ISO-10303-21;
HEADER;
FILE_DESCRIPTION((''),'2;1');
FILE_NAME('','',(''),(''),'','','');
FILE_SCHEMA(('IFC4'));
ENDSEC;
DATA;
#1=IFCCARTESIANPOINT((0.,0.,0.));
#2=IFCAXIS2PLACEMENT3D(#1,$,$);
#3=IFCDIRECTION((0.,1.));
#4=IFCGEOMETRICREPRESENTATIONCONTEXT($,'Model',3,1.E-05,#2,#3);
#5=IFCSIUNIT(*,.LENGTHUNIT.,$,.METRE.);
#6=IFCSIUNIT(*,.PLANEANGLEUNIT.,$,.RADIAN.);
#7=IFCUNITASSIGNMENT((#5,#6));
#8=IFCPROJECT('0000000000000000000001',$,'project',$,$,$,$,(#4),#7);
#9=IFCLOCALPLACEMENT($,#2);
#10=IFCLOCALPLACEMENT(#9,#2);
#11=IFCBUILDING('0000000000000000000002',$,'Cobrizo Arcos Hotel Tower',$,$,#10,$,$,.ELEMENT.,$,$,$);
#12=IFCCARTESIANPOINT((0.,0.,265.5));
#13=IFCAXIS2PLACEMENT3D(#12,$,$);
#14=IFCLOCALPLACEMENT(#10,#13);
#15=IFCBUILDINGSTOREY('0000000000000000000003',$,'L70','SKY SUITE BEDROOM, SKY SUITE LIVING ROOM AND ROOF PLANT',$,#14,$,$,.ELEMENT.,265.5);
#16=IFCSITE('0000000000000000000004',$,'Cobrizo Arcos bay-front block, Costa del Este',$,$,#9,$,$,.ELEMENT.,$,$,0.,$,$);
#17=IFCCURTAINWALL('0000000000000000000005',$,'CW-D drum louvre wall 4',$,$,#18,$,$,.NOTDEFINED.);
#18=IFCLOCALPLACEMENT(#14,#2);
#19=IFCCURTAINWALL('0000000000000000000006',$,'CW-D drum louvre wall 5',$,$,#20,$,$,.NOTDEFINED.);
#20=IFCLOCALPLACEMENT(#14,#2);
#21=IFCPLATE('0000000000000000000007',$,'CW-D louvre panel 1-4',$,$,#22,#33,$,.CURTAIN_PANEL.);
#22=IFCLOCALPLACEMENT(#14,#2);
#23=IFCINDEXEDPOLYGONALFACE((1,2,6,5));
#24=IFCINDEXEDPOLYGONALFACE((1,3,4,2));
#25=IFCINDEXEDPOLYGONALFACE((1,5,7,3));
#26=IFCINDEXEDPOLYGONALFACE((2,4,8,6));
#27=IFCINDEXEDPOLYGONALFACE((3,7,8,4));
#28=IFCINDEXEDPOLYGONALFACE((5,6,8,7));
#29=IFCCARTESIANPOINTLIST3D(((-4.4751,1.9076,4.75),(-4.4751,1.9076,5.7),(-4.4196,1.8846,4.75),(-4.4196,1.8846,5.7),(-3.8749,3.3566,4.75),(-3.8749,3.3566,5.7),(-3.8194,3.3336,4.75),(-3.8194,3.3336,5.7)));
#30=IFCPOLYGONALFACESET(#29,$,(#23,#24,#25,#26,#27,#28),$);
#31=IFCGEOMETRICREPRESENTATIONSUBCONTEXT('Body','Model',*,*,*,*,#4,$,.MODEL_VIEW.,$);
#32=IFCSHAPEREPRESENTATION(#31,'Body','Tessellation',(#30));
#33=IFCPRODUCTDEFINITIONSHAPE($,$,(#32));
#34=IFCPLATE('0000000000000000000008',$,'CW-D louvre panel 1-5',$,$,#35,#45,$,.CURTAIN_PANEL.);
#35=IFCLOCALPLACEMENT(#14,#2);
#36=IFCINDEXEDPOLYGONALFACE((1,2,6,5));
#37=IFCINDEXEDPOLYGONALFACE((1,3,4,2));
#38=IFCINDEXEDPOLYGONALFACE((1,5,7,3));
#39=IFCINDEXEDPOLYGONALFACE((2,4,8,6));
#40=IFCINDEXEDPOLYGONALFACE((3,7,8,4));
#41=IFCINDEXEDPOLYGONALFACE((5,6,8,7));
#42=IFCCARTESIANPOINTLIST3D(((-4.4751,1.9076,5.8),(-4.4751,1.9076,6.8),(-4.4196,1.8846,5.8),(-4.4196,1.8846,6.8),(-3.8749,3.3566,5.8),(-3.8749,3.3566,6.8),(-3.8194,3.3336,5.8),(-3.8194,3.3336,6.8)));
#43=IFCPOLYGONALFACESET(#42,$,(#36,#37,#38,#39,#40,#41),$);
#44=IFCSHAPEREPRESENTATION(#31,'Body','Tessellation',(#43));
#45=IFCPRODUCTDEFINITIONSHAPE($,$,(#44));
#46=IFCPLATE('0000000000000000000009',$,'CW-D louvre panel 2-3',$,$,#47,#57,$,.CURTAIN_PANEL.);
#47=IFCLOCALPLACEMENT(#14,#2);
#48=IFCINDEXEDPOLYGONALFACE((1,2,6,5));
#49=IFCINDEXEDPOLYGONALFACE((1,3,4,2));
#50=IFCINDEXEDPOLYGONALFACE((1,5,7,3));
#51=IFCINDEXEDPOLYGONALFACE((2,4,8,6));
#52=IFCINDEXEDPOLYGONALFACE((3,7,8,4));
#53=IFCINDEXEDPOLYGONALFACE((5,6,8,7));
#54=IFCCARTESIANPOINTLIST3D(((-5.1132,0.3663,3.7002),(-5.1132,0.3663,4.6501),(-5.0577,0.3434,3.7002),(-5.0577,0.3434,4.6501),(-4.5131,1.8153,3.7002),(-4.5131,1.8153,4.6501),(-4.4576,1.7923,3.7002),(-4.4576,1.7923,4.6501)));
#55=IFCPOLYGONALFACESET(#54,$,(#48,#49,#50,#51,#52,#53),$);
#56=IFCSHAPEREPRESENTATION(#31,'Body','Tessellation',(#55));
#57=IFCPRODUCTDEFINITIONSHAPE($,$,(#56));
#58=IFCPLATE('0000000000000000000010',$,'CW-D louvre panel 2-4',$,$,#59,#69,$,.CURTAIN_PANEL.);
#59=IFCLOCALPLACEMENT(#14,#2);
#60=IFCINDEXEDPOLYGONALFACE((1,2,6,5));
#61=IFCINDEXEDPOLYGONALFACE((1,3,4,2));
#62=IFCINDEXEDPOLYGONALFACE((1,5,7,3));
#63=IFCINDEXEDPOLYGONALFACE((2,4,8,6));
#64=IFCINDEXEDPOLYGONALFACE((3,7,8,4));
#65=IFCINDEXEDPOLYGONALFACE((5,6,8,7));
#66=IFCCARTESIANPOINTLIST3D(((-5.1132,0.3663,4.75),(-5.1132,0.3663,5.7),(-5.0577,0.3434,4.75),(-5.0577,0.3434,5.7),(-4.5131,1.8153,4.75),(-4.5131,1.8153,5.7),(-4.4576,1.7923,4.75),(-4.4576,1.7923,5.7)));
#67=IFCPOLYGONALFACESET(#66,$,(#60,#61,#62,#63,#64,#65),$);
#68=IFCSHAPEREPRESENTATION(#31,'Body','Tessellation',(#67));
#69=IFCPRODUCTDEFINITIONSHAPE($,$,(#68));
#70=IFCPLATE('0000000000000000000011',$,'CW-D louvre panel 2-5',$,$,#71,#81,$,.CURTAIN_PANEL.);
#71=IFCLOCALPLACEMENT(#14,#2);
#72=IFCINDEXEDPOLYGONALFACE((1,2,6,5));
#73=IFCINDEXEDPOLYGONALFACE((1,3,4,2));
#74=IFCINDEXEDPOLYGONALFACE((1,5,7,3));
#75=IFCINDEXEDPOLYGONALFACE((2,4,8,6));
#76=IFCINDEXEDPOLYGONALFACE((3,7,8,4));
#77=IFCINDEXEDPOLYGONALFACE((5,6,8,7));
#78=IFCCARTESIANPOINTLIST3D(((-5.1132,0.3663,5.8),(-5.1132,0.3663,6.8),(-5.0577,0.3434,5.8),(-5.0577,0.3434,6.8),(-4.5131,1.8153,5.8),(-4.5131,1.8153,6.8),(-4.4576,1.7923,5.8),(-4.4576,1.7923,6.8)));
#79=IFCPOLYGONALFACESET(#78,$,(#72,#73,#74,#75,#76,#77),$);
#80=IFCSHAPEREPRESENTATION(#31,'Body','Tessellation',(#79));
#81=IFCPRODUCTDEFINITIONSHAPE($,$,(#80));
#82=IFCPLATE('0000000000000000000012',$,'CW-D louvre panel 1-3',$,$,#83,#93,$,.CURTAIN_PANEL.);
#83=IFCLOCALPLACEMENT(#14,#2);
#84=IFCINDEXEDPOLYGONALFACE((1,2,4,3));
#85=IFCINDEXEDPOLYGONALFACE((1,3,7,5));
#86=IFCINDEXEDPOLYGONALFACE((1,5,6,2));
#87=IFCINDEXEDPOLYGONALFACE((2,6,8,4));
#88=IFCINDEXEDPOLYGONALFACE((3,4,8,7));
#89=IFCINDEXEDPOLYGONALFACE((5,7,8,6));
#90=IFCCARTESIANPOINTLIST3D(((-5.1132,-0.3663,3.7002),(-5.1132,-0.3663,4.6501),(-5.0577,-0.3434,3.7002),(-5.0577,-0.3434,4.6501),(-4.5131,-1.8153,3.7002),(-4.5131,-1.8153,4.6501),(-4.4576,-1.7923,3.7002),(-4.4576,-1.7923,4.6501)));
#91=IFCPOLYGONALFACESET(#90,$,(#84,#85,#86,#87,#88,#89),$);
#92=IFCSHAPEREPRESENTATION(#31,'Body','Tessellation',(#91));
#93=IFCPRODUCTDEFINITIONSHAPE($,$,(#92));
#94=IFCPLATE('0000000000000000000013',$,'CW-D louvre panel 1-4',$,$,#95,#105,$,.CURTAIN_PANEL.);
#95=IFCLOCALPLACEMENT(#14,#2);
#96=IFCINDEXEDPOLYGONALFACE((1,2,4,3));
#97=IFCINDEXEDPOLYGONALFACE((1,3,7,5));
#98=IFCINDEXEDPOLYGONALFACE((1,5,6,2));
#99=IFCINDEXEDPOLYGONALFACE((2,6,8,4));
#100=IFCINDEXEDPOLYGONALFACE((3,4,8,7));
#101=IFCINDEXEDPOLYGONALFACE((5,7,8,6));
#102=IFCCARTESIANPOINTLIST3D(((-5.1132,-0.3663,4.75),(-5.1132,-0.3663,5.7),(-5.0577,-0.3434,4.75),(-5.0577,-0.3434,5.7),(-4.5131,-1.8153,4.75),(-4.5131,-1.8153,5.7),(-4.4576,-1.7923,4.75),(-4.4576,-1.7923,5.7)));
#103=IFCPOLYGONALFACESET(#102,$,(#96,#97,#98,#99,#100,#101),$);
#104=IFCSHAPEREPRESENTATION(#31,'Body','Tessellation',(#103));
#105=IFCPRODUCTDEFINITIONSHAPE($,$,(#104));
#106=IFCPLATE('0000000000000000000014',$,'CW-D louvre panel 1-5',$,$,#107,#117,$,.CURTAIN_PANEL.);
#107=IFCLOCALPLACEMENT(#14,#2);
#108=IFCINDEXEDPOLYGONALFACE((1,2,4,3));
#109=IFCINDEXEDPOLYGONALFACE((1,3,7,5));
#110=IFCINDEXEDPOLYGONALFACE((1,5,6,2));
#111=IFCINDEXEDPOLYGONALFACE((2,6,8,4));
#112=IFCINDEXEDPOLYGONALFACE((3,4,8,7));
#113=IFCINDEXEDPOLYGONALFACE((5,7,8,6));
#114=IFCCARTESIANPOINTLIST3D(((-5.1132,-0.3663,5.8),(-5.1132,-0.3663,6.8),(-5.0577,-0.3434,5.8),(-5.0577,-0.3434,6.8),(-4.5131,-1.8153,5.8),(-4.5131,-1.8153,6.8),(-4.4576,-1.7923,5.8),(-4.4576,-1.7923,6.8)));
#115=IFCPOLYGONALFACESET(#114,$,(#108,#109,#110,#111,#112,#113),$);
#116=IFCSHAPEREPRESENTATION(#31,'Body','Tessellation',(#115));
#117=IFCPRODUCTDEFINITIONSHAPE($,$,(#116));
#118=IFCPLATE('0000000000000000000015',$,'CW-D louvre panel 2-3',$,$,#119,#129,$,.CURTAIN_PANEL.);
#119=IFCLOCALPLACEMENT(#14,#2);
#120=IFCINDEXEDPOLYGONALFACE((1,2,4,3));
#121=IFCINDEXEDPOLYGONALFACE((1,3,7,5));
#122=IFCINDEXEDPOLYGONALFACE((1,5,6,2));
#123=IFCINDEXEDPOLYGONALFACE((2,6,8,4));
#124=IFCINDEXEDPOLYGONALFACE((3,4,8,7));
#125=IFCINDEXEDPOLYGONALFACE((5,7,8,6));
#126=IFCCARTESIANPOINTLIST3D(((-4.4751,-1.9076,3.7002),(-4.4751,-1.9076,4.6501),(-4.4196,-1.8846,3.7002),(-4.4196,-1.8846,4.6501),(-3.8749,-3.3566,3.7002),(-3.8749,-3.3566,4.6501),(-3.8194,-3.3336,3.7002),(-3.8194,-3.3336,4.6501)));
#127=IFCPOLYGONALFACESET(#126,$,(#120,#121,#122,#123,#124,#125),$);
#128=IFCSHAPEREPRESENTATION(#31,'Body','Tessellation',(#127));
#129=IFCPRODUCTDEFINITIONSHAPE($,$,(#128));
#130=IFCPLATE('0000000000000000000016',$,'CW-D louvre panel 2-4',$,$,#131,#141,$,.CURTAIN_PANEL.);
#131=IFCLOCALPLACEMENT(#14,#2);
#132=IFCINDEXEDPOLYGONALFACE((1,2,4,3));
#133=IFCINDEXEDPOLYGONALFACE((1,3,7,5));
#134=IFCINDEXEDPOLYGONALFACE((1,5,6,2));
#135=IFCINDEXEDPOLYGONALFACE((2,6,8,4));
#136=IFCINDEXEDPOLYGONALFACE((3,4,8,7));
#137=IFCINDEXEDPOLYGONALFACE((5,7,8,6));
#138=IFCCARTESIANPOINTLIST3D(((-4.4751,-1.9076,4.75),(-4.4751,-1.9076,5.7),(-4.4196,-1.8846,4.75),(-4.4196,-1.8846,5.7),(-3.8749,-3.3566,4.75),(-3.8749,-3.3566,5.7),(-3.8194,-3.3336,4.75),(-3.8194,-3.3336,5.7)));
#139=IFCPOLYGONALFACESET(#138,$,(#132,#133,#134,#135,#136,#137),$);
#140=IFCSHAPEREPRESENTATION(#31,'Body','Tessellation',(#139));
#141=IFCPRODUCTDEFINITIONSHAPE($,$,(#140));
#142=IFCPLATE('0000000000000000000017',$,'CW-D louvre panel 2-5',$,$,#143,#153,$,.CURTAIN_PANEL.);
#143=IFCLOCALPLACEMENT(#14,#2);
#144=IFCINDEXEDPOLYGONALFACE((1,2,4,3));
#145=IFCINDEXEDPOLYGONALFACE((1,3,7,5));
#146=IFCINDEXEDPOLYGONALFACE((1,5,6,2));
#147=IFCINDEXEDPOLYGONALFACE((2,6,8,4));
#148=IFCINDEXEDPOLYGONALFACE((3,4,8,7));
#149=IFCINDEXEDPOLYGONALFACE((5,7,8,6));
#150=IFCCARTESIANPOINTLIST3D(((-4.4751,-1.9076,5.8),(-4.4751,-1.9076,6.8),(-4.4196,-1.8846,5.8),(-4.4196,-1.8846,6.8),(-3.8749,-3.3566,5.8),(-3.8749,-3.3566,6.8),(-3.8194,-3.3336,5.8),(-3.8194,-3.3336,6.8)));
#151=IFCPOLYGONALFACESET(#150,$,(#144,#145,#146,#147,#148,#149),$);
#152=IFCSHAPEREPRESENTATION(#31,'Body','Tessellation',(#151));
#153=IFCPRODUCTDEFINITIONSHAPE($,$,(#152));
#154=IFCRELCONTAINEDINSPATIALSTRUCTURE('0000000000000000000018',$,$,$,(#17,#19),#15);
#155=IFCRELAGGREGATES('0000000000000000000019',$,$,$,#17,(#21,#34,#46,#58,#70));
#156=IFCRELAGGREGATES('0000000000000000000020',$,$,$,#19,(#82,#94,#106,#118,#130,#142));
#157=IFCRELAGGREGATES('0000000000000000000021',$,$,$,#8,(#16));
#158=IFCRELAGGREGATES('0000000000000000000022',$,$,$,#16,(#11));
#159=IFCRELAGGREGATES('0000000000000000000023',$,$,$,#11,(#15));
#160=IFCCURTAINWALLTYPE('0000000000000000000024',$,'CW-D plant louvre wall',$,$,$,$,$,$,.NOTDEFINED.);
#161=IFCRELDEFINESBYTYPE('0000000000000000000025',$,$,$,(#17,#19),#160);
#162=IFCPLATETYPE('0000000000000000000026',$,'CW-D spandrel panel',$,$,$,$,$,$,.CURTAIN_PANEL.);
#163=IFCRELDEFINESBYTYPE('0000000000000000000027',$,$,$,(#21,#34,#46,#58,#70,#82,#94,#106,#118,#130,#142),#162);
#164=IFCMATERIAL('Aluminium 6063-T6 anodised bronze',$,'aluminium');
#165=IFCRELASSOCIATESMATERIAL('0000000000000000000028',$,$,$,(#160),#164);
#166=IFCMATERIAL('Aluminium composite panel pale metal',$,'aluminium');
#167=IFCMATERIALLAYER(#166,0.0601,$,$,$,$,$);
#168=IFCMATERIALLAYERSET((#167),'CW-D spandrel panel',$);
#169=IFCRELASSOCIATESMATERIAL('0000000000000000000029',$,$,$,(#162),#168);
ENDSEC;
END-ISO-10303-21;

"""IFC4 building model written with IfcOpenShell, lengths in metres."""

from ifc_helpers import new_model, si_unit, direction, frame, origin, origin_2d, place, context, subcontext, project, spatial, rectangle, extrude, material, layer, layer_set, type_object, element, aggregate, save


model = new_model("IFC4")

# Units and contexts
model_context = context("Model", 3, precision=1e-05, world=origin(), true_north=direction((0.0, 1.0)))
body_context = subcontext(model_context, "Body", "Model", "MODEL_VIEW")
ifc_project = project(units=[si_unit("LENGTHUNIT", "METRE"), si_unit("PLANEANGLEUNIT", "RADIAN")], contexts=[model_context])

# Site, building, storey
site_placement = place(None, origin())
site = spatial("IfcSite", under=ifc_project, at=site_placement, Name="Cobrizo Arcos bay-front block, Costa del Este", CompositionType="ELEMENT", RefElevation=0.0)
building_placement = place(site_placement, origin())
building = spatial("IfcBuilding", under=site, at=building_placement, Name="Cobrizo Arcos Hotel Tower", CompositionType="ELEMENT")
storey_placement = place(building_placement, frame((0.0, 0.0, 265.5)))
storey = spatial("IfcBuildingStorey", under=building, at=storey_placement, Name="L70", Description="SKY SUITE BEDROOM, SKY SUITE LIVING ROOM AND ROOF PLANT", CompositionType="ELEMENT", Elevation=265.5)

# Curtain walls
ifc_material_1 = material(Name="Aluminium 6063-T6 anodised bronze", Category="aluminium")
curtain_wall_type = type_object("IfcCurtainWallType", Name="CW-D plant louvre wall", PredefinedType="NOTDEFINED", material=ifc_material_1)
curtain_wall_1_placement = place(storey_placement, origin())
curtain_wall_1 = element("IfcCurtainWall", 1, at=curtain_wall_1_placement, inside=storey, type_object=curtain_wall_type, Name="CW-D drum louvre wall 4", PredefinedType="NOTDEFINED")
curtain_wall_2_placement = place(storey_placement, origin())
curtain_wall_2 = element("IfcCurtainWall", 2, at=curtain_wall_2_placement, inside=storey, type_object=curtain_wall_type, Name="CW-D drum louvre wall 5", PredefinedType="NOTDEFINED")

# Shared definitions
ifc_material_2 = material(Name="Aluminium composite panel pale metal", Category="aluminium")
ifc_layer = layer(ifc_material_2, 0.0601)
ifc_layer_set = layer_set([ifc_layer], Name="CW-D spandrel panel")
plate_type = type_object("IfcPlateType", Name="CW-D spandrel panel", PredefinedType="CURTAIN_PANEL", material=ifc_layer_set)

# Plates
plate_1_placement = place(storey_placement, frame((-4.1472, 2.6206, 4.75), z_axis=(0.0, 0.0, 1.0), x_axis=(-0.382683, -0.92388, 0.0)))
plate_1 = element("IfcPlate", 3, at=plate_1_placement, type_object=plate_type, Name="CW-D louvre panel 1-4", PredefinedType="CURTAIN_PANEL", context=body_context, shape_type="SweptSolid", body=[
    extrude(rectangle(XDim=1.5684, YDim=0.0601, at=origin_2d()), origin(), (0.0, 0.0, 1.0), 0.95),
])
plate_2_placement = place(storey_placement, frame((-4.1472, 2.6206, 5.8), z_axis=(0.0, 0.0, 1.0), x_axis=(-0.382683, -0.92388, 0.0)))
plate_2 = element("IfcPlate", 4, at=plate_2_placement, type_object=plate_type, Name="CW-D louvre panel 1-5", PredefinedType="CURTAIN_PANEL", context=body_context, shape_type="SweptSolid", body=[
    extrude(rectangle(XDim=1.5684, YDim=0.0601, at=origin_2d()), origin(), (0.0, 0.0, 1.0), 1.0),
])
plate_3_placement = place(storey_placement, frame((-4.7854, 1.0793, 3.7002), z_axis=(0.0, 0.0, 1.0), x_axis=(-0.382683, -0.92388, 0.0)))
plate_3 = element("IfcPlate", 5, at=plate_3_placement, type_object=plate_type, Name="CW-D louvre panel 2-3", PredefinedType="CURTAIN_PANEL", context=body_context, shape_type="SweptSolid", body=[
    extrude(rectangle(XDim=1.5684, YDim=0.0601, at=origin_2d()), origin(), (0.0, 0.0, 1.0), 0.95),
])
plate_4_placement = place(storey_placement, frame((-4.7854, 1.0793, 4.75), z_axis=(0.0, 0.0, 1.0), x_axis=(-0.382683, -0.92388, 0.0)))
plate_4 = element("IfcPlate", 6, at=plate_4_placement, type_object=plate_type, Name="CW-D louvre panel 2-4", PredefinedType="CURTAIN_PANEL", context=body_context, shape_type="SweptSolid", body=[
    extrude(rectangle(XDim=1.5684, YDim=0.0601, at=origin_2d()), origin(), (0.0, 0.0, 1.0), 0.95),
])
plate_5_placement = place(storey_placement, frame((-4.7854, 1.0793, 5.8), z_axis=(0.0, 0.0, 1.0), x_axis=(-0.382683, -0.92388, 0.0)))
plate_5 = element("IfcPlate", 7, at=plate_5_placement, type_object=plate_type, Name="CW-D louvre panel 2-5", PredefinedType="CURTAIN_PANEL", context=body_context, shape_type="SweptSolid", body=[
    extrude(rectangle(XDim=1.5684, YDim=0.0601, at=origin_2d()), origin(), (0.0, 0.0, 1.0), 1.0),
])
aggregate(curtain_wall_1, [plate_1, plate_2, plate_3, plate_4, plate_5])
plate_6_placement = place(storey_placement, frame((-4.7854, -1.0793, 3.7002), z_axis=(0.0, 0.0, 1.0), x_axis=(0.382683, -0.92388, 0.0)))
plate_6 = element("IfcPlate", 8, at=plate_6_placement, type_object=plate_type, Name="CW-D louvre panel 1-3", PredefinedType="CURTAIN_PANEL", context=body_context, shape_type="SweptSolid", body=[
    extrude(rectangle(XDim=1.5684, YDim=0.0601, at=origin_2d()), origin(), (0.0, 0.0, 1.0), 0.95),
])
plate_7_placement = place(storey_placement, frame((-4.7854, -1.0793, 4.75), z_axis=(0.0, 0.0, 1.0), x_axis=(0.382683, -0.92388, 0.0)))
plate_7 = element("IfcPlate", 9, at=plate_7_placement, type_object=plate_type, Name="CW-D louvre panel 1-4", PredefinedType="CURTAIN_PANEL", context=body_context, shape_type="SweptSolid", body=[
    extrude(rectangle(XDim=1.5684, YDim=0.0601, at=origin_2d()), origin(), (0.0, 0.0, 1.0), 0.95),
])
plate_8_placement = place(storey_placement, frame((-4.7854, -1.0793, 5.8), z_axis=(0.0, 0.0, 1.0), x_axis=(0.382683, -0.92388, 0.0)))
plate_8 = element("IfcPlate", 10, at=plate_8_placement, type_object=plate_type, Name="CW-D louvre panel 1-5", PredefinedType="CURTAIN_PANEL", context=body_context, shape_type="SweptSolid", body=[
    extrude(rectangle(XDim=1.5684, YDim=0.0601, at=origin_2d()), origin(), (0.0, 0.0, 1.0), 1.0),
])
plate_9_placement = place(storey_placement, frame((-4.1472, -2.6206, 3.7002), z_axis=(0.0, 0.0, 1.0), x_axis=(0.382683, -0.92388, 0.0)))
plate_9 = element("IfcPlate", 11, at=plate_9_placement, type_object=plate_type, Name="CW-D louvre panel 2-3", PredefinedType="CURTAIN_PANEL", context=body_context, shape_type="SweptSolid", body=[
    extrude(rectangle(XDim=1.5684, YDim=0.0601, at=origin_2d()), origin(), (0.0, 0.0, 1.0), 0.95),
])
plate_10_placement = place(storey_placement, frame((-4.1472, -2.6206, 4.75), z_axis=(0.0, 0.0, 1.0), x_axis=(0.382683, -0.92388, 0.0)))
plate_10 = element("IfcPlate", 12, at=plate_10_placement, type_object=plate_type, Name="CW-D louvre panel 2-4", PredefinedType="CURTAIN_PANEL", context=body_context, shape_type="SweptSolid", body=[
    extrude(rectangle(XDim=1.5684, YDim=0.0601, at=origin_2d()), origin(), (0.0, 0.0, 1.0), 0.95),
])
plate_11_placement = place(storey_placement, frame((-4.1472, -2.6206, 5.8), z_axis=(0.0, 0.0, 1.0), x_axis=(0.382683, -0.92388, 0.0)))
plate_11 = element("IfcPlate", 13, at=plate_11_placement, type_object=plate_type, Name="CW-D louvre panel 2-5", PredefinedType="CURTAIN_PANEL", context=body_context, shape_type="SweptSolid", body=[
    extrude(rectangle(XDim=1.5684, YDim=0.0601, at=origin_2d()), origin(), (0.0, 0.0, 1.0), 1.0),
])
aggregate(curtain_wall_2, [plate_6, plate_7, plate_8, plate_9, plate_10, plate_11])

save(model, "model.ifc")
